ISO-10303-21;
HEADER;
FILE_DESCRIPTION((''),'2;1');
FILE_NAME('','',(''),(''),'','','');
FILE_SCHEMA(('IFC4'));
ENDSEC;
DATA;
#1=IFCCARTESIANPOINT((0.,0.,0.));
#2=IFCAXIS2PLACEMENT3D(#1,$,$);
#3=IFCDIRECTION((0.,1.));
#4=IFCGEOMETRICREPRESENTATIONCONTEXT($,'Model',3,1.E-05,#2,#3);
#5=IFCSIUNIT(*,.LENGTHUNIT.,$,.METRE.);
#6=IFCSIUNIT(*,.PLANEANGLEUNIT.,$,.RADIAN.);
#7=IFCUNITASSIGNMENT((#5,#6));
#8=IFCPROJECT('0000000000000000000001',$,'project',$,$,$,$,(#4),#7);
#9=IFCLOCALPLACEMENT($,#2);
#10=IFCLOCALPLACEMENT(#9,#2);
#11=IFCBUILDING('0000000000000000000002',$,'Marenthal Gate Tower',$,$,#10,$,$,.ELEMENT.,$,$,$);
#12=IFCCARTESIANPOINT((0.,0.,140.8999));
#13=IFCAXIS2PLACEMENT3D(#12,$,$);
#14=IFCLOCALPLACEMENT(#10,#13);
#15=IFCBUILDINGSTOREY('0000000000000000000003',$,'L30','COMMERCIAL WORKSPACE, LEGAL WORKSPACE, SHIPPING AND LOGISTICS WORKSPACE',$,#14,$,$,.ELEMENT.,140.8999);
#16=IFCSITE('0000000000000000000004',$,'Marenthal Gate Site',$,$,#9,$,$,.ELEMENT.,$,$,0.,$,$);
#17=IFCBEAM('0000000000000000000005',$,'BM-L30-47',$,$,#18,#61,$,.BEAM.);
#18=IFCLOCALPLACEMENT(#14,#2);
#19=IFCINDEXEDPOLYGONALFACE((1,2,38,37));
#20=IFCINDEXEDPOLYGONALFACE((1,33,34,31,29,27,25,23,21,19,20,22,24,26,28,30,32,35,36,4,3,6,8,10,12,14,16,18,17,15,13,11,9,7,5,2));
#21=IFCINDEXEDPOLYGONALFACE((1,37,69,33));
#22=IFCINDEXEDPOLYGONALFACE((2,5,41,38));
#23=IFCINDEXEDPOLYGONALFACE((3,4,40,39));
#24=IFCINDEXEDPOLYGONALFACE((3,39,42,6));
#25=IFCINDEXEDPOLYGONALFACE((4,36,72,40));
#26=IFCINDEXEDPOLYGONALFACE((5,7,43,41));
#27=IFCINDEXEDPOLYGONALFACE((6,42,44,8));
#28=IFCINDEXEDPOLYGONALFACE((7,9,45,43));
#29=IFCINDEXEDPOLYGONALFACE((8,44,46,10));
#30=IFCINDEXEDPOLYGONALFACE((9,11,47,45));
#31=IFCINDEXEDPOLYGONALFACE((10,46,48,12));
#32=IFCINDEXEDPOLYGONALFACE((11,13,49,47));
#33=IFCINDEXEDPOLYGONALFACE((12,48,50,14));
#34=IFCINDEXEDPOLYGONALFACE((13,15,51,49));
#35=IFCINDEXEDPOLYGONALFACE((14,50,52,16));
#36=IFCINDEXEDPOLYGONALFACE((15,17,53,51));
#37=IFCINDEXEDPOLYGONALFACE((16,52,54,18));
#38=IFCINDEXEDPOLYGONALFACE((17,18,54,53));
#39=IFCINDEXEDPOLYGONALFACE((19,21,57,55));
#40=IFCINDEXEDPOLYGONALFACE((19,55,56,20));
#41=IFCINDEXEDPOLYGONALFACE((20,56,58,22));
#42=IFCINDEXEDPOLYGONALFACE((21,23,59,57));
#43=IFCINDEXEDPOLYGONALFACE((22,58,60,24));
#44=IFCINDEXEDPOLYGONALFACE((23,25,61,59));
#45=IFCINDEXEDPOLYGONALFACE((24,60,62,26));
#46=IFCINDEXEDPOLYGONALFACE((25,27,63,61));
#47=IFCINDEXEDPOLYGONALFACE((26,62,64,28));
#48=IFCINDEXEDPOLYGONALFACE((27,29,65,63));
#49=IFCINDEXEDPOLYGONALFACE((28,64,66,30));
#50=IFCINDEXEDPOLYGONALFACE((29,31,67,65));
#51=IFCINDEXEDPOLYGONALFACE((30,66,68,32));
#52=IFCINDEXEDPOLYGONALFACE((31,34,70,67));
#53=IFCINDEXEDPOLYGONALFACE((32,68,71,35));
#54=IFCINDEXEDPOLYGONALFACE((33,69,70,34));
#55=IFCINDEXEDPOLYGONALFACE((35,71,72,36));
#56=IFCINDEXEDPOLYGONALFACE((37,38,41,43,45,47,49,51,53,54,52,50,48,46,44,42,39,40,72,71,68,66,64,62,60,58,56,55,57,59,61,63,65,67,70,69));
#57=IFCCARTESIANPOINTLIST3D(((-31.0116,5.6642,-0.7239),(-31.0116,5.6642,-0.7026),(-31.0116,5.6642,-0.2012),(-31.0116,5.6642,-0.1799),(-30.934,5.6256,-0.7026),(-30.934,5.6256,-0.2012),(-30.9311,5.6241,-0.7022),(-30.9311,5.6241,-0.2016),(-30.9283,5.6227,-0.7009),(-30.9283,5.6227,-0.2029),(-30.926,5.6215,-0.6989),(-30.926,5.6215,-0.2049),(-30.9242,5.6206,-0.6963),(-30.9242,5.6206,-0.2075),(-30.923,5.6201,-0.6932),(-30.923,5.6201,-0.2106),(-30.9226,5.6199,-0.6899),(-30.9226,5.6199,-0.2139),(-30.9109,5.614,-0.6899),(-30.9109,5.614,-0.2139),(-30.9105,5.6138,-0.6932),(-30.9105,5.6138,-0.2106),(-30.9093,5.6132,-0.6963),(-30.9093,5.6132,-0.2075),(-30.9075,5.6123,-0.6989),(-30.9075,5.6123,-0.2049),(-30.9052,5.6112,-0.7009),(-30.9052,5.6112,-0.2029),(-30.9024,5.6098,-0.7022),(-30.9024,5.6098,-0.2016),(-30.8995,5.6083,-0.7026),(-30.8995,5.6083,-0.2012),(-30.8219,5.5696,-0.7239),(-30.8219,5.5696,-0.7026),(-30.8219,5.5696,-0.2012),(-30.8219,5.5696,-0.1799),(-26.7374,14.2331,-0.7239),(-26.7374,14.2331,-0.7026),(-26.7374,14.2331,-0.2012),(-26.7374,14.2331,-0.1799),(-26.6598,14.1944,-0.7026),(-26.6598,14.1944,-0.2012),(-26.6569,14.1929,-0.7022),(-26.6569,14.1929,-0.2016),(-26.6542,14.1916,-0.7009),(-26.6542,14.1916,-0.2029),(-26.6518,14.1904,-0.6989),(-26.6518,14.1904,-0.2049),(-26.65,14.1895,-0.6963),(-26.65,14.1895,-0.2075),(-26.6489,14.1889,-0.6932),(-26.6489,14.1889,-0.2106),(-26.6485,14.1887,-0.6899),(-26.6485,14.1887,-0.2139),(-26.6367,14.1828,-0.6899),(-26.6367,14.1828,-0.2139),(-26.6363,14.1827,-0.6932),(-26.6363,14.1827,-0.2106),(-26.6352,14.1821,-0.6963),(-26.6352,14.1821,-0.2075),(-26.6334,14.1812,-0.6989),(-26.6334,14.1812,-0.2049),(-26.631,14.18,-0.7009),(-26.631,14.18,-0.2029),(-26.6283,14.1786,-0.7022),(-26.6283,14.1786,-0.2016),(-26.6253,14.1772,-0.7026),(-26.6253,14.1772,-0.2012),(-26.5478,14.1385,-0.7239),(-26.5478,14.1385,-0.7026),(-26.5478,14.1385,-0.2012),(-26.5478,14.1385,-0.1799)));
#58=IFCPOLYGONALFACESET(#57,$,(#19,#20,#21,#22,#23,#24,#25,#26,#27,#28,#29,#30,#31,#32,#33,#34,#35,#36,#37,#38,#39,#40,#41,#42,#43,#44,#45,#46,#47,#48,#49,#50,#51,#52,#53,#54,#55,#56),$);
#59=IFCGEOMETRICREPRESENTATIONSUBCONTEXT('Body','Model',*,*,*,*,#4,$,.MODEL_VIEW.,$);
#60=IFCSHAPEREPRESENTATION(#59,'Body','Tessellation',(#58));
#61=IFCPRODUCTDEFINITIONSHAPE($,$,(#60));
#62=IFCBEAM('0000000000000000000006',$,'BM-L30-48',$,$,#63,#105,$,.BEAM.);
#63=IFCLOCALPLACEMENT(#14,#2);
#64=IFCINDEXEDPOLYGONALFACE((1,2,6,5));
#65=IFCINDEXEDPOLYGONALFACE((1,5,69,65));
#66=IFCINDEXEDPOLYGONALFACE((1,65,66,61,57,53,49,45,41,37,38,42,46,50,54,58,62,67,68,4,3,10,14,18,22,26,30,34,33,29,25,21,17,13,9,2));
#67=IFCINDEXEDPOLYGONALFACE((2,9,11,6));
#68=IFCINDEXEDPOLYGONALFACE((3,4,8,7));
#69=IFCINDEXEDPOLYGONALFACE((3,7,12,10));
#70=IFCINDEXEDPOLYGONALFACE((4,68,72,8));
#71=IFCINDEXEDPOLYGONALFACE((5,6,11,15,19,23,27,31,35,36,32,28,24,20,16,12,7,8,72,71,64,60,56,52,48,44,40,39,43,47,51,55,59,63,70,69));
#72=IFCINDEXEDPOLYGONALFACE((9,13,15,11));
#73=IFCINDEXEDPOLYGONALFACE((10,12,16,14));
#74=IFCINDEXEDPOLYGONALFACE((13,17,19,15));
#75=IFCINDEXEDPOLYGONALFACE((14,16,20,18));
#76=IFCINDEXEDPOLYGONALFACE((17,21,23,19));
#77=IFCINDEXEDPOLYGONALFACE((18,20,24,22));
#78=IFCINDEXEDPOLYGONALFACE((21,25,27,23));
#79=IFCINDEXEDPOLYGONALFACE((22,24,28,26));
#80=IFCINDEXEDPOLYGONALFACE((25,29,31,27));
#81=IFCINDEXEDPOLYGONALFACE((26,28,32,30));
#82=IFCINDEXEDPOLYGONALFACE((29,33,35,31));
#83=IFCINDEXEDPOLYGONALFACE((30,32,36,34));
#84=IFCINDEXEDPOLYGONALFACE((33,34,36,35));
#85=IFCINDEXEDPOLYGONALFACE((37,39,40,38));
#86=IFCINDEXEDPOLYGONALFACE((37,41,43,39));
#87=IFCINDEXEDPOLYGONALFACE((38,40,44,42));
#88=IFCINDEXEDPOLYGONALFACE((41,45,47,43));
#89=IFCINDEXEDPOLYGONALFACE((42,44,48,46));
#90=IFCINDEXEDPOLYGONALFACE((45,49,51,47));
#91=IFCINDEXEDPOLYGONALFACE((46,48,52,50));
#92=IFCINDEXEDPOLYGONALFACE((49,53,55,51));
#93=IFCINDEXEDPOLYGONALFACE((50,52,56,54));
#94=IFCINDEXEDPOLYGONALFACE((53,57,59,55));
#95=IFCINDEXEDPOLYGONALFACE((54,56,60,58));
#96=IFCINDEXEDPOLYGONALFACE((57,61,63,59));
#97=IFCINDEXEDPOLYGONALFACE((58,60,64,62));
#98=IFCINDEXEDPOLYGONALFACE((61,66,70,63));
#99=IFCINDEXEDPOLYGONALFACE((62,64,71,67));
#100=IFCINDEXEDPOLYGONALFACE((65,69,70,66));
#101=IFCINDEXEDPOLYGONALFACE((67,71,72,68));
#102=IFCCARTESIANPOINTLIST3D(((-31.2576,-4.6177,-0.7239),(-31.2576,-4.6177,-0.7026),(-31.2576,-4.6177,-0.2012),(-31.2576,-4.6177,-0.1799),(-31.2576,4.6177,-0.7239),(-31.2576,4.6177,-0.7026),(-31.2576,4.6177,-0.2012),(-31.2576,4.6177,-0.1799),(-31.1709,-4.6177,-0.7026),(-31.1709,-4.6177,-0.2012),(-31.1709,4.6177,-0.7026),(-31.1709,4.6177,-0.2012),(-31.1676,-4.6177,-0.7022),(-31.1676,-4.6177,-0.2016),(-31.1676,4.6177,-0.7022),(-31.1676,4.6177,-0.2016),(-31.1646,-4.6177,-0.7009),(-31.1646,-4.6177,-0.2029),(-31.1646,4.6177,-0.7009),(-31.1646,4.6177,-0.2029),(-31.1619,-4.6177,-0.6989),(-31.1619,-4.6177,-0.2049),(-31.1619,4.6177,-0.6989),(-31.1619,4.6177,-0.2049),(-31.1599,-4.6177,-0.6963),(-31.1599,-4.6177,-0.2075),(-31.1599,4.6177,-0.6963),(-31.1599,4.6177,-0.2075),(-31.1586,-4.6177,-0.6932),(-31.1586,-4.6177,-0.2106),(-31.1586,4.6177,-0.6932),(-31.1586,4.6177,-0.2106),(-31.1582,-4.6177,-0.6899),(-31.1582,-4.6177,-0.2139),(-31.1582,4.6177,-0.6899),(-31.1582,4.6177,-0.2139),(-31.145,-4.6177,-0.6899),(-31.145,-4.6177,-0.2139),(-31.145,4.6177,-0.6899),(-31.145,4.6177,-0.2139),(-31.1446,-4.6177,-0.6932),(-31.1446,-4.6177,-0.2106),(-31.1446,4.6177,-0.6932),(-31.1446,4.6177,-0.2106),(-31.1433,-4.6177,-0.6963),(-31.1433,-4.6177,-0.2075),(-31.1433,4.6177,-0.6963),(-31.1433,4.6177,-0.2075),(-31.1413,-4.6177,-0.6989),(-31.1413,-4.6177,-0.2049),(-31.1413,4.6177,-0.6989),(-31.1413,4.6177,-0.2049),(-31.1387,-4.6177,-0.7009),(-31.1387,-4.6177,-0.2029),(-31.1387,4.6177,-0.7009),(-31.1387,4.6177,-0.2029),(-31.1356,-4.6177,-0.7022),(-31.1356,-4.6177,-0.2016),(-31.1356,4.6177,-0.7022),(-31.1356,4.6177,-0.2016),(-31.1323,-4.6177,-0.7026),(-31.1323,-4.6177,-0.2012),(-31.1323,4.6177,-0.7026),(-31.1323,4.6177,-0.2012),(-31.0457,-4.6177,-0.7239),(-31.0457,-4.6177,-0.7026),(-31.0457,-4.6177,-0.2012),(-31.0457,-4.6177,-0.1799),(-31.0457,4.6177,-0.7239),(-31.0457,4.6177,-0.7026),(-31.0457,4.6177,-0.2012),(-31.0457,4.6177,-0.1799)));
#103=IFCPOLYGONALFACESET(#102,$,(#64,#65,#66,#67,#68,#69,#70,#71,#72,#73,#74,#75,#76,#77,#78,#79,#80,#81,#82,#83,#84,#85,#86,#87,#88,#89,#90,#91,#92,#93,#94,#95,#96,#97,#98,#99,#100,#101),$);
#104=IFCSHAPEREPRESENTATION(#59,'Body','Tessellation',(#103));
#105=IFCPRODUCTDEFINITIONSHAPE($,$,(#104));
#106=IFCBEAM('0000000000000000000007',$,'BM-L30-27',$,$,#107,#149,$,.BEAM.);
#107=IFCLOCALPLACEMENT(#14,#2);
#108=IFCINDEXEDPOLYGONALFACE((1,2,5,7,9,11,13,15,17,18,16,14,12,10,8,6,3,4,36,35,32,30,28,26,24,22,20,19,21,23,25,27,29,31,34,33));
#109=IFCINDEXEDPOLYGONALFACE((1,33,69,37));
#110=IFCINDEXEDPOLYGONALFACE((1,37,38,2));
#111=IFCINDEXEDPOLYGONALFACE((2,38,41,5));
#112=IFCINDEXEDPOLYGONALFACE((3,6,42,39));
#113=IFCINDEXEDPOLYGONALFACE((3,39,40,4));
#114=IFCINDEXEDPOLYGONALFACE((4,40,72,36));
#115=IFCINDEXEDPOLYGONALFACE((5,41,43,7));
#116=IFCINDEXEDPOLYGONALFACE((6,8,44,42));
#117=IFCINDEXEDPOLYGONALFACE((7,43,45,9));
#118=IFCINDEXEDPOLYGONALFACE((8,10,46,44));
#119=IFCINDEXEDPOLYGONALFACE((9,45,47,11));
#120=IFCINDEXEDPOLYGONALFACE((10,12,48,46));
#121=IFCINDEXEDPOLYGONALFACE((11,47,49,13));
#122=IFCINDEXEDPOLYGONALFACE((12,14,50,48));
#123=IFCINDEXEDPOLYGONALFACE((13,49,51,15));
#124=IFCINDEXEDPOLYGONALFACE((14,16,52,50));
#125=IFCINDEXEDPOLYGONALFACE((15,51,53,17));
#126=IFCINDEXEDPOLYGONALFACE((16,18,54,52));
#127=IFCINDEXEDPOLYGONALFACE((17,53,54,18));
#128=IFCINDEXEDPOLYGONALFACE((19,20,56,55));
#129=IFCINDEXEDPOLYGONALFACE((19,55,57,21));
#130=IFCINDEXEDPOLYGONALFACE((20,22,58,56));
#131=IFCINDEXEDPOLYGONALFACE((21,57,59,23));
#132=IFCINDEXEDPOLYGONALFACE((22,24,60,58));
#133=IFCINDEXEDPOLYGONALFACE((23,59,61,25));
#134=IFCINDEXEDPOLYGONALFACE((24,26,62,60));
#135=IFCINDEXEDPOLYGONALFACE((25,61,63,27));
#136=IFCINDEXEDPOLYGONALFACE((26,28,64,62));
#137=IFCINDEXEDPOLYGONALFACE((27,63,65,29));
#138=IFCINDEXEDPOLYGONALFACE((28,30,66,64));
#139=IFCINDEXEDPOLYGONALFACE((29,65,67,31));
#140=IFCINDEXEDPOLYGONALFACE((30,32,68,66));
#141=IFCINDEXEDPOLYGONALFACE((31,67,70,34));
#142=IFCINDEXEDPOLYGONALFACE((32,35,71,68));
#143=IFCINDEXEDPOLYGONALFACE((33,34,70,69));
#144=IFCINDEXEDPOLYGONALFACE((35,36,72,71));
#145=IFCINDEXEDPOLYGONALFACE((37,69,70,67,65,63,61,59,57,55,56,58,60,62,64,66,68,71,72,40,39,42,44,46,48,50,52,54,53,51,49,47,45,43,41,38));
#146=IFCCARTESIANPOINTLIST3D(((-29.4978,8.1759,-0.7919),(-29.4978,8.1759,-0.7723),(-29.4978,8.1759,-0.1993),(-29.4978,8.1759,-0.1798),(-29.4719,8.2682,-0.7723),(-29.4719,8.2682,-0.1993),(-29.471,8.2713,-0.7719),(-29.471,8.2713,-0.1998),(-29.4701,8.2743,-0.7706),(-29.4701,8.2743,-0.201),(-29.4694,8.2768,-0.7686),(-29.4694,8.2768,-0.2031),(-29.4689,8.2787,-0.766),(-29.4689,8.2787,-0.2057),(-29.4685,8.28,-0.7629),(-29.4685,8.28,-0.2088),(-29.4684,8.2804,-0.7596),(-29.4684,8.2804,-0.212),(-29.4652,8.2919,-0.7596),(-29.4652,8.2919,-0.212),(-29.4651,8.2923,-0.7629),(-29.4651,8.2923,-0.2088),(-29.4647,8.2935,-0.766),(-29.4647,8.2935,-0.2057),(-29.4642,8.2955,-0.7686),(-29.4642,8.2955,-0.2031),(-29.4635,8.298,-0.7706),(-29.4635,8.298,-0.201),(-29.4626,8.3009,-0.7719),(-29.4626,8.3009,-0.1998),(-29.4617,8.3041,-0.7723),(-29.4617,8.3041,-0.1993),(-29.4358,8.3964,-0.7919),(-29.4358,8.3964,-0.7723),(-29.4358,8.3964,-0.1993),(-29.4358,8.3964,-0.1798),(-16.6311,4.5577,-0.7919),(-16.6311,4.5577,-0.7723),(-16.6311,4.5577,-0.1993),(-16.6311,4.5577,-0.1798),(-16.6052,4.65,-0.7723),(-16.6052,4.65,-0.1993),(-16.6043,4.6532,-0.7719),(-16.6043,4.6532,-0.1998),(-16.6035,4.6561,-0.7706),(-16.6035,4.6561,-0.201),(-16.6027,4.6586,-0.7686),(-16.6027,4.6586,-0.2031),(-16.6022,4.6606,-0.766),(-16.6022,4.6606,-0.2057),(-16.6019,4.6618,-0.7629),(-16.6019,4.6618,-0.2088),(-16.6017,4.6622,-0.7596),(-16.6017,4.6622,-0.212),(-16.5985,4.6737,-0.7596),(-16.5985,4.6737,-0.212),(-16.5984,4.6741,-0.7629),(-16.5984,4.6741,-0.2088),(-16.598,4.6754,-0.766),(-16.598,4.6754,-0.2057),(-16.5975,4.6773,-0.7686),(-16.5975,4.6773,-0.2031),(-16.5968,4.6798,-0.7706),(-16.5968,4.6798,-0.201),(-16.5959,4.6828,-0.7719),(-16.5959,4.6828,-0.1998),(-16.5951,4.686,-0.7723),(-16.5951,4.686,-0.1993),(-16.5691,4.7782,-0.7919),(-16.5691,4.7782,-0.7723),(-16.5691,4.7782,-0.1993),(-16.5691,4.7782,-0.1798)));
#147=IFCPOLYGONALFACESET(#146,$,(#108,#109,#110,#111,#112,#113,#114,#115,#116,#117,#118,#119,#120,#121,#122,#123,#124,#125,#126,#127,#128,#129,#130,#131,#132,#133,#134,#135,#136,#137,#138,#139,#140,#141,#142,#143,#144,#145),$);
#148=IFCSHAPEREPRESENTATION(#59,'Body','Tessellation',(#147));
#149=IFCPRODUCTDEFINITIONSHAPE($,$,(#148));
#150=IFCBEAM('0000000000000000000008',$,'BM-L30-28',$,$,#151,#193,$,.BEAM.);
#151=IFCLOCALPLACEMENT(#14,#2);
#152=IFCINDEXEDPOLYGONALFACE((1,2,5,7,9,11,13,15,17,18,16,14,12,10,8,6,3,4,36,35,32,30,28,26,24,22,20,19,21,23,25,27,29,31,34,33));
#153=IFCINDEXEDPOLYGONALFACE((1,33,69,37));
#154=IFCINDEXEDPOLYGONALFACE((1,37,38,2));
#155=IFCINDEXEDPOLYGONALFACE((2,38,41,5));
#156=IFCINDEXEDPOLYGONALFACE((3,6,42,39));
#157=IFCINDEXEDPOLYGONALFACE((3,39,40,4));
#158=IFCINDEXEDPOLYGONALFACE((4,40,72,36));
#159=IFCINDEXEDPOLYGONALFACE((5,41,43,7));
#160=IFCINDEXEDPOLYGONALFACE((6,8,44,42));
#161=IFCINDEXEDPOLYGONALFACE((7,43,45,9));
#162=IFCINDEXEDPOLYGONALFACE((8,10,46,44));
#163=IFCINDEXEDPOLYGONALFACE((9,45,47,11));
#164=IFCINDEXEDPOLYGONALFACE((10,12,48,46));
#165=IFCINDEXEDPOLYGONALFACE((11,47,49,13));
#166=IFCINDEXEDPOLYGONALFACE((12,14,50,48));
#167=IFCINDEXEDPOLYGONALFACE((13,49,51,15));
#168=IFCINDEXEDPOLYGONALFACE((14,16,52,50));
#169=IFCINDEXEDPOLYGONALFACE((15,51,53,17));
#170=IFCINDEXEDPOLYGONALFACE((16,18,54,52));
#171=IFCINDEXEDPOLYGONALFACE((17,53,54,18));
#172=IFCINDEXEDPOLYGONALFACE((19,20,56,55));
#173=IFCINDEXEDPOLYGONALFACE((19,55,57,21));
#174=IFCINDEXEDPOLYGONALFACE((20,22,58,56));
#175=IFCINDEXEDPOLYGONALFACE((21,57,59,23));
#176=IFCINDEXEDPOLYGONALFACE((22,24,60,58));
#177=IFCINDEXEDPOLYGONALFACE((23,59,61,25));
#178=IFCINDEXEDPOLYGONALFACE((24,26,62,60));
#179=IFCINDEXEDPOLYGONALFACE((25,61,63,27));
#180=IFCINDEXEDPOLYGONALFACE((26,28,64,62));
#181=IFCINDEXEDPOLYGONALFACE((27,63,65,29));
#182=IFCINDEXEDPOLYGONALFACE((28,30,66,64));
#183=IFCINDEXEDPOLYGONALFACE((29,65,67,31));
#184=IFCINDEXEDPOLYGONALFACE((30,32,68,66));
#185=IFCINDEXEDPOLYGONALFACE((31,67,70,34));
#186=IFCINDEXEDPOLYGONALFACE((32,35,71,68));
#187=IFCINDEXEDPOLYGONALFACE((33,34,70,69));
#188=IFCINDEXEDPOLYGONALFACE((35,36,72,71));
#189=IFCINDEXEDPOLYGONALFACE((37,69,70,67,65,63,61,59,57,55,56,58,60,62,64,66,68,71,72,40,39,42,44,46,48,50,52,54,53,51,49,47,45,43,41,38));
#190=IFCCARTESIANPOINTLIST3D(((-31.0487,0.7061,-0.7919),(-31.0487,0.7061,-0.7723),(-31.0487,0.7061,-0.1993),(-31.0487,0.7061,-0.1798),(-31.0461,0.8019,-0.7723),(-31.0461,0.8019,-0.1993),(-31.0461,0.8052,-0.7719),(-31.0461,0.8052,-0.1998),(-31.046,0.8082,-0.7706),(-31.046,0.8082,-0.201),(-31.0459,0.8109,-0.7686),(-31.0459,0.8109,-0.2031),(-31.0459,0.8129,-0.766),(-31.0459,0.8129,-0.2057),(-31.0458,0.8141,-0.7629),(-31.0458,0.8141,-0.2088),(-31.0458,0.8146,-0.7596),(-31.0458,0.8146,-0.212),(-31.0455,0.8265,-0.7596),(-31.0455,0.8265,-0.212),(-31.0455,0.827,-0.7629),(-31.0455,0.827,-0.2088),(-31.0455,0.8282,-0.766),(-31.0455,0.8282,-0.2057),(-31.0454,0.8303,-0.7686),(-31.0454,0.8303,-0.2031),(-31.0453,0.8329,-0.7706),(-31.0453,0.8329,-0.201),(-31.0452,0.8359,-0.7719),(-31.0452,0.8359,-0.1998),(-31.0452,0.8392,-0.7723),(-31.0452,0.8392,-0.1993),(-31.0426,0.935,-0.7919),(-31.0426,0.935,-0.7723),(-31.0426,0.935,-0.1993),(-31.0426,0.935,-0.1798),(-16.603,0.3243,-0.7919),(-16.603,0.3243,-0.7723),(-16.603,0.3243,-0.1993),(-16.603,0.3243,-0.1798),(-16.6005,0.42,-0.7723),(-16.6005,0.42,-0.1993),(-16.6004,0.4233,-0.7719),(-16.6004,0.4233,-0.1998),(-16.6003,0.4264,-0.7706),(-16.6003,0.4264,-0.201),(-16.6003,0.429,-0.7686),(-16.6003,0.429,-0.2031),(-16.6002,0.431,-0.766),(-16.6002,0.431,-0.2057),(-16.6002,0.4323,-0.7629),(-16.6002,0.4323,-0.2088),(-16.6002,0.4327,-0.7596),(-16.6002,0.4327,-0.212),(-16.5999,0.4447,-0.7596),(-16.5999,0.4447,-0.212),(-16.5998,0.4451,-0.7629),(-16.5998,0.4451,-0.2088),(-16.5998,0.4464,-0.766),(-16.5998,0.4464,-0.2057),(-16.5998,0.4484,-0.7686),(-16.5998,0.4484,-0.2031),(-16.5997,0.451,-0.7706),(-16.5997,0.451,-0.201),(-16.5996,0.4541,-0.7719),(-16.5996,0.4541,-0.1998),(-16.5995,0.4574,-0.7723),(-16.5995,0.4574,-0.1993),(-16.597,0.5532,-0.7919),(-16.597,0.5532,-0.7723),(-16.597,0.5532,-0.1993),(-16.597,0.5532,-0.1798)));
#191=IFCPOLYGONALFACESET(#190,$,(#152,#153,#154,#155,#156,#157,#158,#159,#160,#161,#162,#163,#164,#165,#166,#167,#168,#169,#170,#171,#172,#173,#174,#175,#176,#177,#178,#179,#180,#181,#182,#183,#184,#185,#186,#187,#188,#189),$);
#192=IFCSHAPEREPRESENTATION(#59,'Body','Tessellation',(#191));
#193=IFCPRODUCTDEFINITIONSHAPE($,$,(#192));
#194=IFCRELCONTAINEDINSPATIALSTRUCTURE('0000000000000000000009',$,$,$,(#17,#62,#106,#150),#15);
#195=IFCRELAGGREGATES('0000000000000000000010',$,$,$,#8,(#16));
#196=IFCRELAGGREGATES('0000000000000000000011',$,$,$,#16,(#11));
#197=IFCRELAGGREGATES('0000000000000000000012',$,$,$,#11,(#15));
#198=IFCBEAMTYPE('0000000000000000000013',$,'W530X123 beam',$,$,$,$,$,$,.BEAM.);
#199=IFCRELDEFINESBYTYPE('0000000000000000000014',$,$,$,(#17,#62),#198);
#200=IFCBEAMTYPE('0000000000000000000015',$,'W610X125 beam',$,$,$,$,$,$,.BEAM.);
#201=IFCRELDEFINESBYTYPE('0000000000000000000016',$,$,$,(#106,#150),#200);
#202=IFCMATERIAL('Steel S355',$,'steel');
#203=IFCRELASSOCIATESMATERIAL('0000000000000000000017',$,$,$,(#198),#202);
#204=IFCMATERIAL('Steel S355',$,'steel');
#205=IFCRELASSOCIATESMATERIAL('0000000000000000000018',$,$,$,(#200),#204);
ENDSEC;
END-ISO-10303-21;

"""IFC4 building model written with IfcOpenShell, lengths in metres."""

from ifc_helpers import new_model, si_unit, direction, frame, origin, origin_2d, place, context, subcontext, project, spatial, i_section, extrude, material, material_profile, profile_set, type_object, element, save


model = new_model("IFC4")

# Units and contexts
model_context = context("Model", 3, precision=1e-05, world=origin(), true_north=direction((0.0, 1.0)))
body_context = subcontext(model_context, "Body", "Model", "MODEL_VIEW")
ifc_project = project(units=[si_unit("LENGTHUNIT", "METRE"), si_unit("PLANEANGLEUNIT", "RADIAN")], contexts=[model_context])

# Site, building, storey
site_placement = place(None, origin())
site = spatial("IfcSite", under=ifc_project, at=site_placement, Name="Marenthal Gate Site", CompositionType="ELEMENT", RefElevation=0.0)
building_placement = place(site_placement, origin())
building = spatial("IfcBuilding", under=site, at=building_placement, Name="Marenthal Gate Tower", CompositionType="ELEMENT")
storey_placement = place(building_placement, frame((0.0, 0.0, 140.8999)))
storey = spatial("IfcBuildingStorey", under=building, at=storey_placement, Name="L30", Description="COMMERCIAL WORKSPACE, LEGAL WORKSPACE, SHIPPING AND LOGISTICS WORKSPACE", CompositionType="ELEMENT", Elevation=140.8999)

# Beams
ifc_material_1 = material(Name="Steel S355", Category="steel")
ifc_material_profile_1 = material_profile(ifc_material_1, i_section(OverallWidth=0.2119, OverallDepth=0.5439, WebThickness=0.0132, FlangeThickness=0.0212, FilletRadius=0.0127, at=origin_2d()), Name="W530X123")
ifc_profile_set_1 = profile_set([ifc_material_profile_1], Name="Steel S355")
beam_type_1 = type_object("IfcBeamType", Name="W530X123 beam", PredefinedType="BEAM", material=ifc_profile_set_1)
beam_1_placement = place(storey_placement, frame((-26.6426, 14.1858, -0.4519), z_axis=(-0.446357, -0.894855, 0.0), x_axis=(0.894855, -0.446357, 0.0)))
element("IfcBeam", 1, at=beam_1_placement, inside=storey, type_object=beam_type_1, Name="BM-L30-47", PredefinedType="BEAM", context=body_context, shape_type="SweptSolid", body=[
    extrude(i_section(OverallWidth=0.2119, OverallDepth=0.5439, WebThickness=0.0132, FlangeThickness=0.0212, FilletRadius=0.0127, at=origin_2d()), origin(), (0.0, 0.0, 1.0), 9.5757),
])
beam_2_placement = place(storey_placement, frame((-31.1516, 4.6177, -0.4519), z_axis=(0.0, -1.0, 0.0), x_axis=(1.0, 0.0, 0.0)))
element("IfcBeam", 2, at=beam_2_placement, inside=storey, type_object=beam_type_1, Name="BM-L30-48", PredefinedType="BEAM", context=body_context, shape_type="SweptSolid", body=[
    extrude(i_section(OverallWidth=0.2119, OverallDepth=0.5439, WebThickness=0.0132, FlangeThickness=0.0212, FilletRadius=0.0127, at=origin_2d()), origin(), (0.0, 0.0, 1.0), 9.2354),
])
ifc_material_2 = material(Name="Steel S355", Category="steel")
ifc_material_profile_2 = material_profile(ifc_material_2, i_section(OverallWidth=0.229, OverallDepth=0.6121, WebThickness=0.012, FlangeThickness=0.0195, FilletRadius=0.0127, at=origin_2d()), Name="W610X125")
ifc_profile_set_2 = profile_set([ifc_material_profile_2], Name="Steel S355")
beam_type_2 = type_object("IfcBeamType", Name="W610X125 beam", PredefinedType="BEAM", material=ifc_profile_set_2)
beam_3_placement = place(storey_placement, frame((-29.4668, 8.2861, -0.4858), z_axis=(0.962663, -0.270704, 0.0), x_axis=(0.270704, 0.962663, 0.0)))
element("IfcBeam", 3, at=beam_3_placement, inside=storey, type_object=beam_type_2, Name="BM-L30-27", PredefinedType="BEAM", context=body_context, shape_type="SweptSolid", body=[
    extrude(i_section(OverallWidth=0.229, OverallDepth=0.6121, WebThickness=0.012, FlangeThickness=0.0195, FilletRadius=0.0127, at=origin_2d()), origin(), (0.0, 0.0, 1.0), 13.3657),
])
beam_4_placement = place(storey_placement, frame((-31.0457, 0.8206, -0.4858), z_axis=(0.999651, -0.026424, 0.0), x_axis=(0.026424, 0.999651, 0.0)))
element("IfcBeam", 4, at=beam_4_placement, inside=storey, type_object=beam_type_2, Name="BM-L30-28", PredefinedType="BEAM", context=body_context, shape_type="SweptSolid", body=[
    extrude(i_section(OverallWidth=0.229, OverallDepth=0.6121, WebThickness=0.012, FlangeThickness=0.0195, FilletRadius=0.0127, at=origin_2d()), origin(), (0.0, 0.0, 1.0), 14.4507),
])

save(model, "model.ifc")
